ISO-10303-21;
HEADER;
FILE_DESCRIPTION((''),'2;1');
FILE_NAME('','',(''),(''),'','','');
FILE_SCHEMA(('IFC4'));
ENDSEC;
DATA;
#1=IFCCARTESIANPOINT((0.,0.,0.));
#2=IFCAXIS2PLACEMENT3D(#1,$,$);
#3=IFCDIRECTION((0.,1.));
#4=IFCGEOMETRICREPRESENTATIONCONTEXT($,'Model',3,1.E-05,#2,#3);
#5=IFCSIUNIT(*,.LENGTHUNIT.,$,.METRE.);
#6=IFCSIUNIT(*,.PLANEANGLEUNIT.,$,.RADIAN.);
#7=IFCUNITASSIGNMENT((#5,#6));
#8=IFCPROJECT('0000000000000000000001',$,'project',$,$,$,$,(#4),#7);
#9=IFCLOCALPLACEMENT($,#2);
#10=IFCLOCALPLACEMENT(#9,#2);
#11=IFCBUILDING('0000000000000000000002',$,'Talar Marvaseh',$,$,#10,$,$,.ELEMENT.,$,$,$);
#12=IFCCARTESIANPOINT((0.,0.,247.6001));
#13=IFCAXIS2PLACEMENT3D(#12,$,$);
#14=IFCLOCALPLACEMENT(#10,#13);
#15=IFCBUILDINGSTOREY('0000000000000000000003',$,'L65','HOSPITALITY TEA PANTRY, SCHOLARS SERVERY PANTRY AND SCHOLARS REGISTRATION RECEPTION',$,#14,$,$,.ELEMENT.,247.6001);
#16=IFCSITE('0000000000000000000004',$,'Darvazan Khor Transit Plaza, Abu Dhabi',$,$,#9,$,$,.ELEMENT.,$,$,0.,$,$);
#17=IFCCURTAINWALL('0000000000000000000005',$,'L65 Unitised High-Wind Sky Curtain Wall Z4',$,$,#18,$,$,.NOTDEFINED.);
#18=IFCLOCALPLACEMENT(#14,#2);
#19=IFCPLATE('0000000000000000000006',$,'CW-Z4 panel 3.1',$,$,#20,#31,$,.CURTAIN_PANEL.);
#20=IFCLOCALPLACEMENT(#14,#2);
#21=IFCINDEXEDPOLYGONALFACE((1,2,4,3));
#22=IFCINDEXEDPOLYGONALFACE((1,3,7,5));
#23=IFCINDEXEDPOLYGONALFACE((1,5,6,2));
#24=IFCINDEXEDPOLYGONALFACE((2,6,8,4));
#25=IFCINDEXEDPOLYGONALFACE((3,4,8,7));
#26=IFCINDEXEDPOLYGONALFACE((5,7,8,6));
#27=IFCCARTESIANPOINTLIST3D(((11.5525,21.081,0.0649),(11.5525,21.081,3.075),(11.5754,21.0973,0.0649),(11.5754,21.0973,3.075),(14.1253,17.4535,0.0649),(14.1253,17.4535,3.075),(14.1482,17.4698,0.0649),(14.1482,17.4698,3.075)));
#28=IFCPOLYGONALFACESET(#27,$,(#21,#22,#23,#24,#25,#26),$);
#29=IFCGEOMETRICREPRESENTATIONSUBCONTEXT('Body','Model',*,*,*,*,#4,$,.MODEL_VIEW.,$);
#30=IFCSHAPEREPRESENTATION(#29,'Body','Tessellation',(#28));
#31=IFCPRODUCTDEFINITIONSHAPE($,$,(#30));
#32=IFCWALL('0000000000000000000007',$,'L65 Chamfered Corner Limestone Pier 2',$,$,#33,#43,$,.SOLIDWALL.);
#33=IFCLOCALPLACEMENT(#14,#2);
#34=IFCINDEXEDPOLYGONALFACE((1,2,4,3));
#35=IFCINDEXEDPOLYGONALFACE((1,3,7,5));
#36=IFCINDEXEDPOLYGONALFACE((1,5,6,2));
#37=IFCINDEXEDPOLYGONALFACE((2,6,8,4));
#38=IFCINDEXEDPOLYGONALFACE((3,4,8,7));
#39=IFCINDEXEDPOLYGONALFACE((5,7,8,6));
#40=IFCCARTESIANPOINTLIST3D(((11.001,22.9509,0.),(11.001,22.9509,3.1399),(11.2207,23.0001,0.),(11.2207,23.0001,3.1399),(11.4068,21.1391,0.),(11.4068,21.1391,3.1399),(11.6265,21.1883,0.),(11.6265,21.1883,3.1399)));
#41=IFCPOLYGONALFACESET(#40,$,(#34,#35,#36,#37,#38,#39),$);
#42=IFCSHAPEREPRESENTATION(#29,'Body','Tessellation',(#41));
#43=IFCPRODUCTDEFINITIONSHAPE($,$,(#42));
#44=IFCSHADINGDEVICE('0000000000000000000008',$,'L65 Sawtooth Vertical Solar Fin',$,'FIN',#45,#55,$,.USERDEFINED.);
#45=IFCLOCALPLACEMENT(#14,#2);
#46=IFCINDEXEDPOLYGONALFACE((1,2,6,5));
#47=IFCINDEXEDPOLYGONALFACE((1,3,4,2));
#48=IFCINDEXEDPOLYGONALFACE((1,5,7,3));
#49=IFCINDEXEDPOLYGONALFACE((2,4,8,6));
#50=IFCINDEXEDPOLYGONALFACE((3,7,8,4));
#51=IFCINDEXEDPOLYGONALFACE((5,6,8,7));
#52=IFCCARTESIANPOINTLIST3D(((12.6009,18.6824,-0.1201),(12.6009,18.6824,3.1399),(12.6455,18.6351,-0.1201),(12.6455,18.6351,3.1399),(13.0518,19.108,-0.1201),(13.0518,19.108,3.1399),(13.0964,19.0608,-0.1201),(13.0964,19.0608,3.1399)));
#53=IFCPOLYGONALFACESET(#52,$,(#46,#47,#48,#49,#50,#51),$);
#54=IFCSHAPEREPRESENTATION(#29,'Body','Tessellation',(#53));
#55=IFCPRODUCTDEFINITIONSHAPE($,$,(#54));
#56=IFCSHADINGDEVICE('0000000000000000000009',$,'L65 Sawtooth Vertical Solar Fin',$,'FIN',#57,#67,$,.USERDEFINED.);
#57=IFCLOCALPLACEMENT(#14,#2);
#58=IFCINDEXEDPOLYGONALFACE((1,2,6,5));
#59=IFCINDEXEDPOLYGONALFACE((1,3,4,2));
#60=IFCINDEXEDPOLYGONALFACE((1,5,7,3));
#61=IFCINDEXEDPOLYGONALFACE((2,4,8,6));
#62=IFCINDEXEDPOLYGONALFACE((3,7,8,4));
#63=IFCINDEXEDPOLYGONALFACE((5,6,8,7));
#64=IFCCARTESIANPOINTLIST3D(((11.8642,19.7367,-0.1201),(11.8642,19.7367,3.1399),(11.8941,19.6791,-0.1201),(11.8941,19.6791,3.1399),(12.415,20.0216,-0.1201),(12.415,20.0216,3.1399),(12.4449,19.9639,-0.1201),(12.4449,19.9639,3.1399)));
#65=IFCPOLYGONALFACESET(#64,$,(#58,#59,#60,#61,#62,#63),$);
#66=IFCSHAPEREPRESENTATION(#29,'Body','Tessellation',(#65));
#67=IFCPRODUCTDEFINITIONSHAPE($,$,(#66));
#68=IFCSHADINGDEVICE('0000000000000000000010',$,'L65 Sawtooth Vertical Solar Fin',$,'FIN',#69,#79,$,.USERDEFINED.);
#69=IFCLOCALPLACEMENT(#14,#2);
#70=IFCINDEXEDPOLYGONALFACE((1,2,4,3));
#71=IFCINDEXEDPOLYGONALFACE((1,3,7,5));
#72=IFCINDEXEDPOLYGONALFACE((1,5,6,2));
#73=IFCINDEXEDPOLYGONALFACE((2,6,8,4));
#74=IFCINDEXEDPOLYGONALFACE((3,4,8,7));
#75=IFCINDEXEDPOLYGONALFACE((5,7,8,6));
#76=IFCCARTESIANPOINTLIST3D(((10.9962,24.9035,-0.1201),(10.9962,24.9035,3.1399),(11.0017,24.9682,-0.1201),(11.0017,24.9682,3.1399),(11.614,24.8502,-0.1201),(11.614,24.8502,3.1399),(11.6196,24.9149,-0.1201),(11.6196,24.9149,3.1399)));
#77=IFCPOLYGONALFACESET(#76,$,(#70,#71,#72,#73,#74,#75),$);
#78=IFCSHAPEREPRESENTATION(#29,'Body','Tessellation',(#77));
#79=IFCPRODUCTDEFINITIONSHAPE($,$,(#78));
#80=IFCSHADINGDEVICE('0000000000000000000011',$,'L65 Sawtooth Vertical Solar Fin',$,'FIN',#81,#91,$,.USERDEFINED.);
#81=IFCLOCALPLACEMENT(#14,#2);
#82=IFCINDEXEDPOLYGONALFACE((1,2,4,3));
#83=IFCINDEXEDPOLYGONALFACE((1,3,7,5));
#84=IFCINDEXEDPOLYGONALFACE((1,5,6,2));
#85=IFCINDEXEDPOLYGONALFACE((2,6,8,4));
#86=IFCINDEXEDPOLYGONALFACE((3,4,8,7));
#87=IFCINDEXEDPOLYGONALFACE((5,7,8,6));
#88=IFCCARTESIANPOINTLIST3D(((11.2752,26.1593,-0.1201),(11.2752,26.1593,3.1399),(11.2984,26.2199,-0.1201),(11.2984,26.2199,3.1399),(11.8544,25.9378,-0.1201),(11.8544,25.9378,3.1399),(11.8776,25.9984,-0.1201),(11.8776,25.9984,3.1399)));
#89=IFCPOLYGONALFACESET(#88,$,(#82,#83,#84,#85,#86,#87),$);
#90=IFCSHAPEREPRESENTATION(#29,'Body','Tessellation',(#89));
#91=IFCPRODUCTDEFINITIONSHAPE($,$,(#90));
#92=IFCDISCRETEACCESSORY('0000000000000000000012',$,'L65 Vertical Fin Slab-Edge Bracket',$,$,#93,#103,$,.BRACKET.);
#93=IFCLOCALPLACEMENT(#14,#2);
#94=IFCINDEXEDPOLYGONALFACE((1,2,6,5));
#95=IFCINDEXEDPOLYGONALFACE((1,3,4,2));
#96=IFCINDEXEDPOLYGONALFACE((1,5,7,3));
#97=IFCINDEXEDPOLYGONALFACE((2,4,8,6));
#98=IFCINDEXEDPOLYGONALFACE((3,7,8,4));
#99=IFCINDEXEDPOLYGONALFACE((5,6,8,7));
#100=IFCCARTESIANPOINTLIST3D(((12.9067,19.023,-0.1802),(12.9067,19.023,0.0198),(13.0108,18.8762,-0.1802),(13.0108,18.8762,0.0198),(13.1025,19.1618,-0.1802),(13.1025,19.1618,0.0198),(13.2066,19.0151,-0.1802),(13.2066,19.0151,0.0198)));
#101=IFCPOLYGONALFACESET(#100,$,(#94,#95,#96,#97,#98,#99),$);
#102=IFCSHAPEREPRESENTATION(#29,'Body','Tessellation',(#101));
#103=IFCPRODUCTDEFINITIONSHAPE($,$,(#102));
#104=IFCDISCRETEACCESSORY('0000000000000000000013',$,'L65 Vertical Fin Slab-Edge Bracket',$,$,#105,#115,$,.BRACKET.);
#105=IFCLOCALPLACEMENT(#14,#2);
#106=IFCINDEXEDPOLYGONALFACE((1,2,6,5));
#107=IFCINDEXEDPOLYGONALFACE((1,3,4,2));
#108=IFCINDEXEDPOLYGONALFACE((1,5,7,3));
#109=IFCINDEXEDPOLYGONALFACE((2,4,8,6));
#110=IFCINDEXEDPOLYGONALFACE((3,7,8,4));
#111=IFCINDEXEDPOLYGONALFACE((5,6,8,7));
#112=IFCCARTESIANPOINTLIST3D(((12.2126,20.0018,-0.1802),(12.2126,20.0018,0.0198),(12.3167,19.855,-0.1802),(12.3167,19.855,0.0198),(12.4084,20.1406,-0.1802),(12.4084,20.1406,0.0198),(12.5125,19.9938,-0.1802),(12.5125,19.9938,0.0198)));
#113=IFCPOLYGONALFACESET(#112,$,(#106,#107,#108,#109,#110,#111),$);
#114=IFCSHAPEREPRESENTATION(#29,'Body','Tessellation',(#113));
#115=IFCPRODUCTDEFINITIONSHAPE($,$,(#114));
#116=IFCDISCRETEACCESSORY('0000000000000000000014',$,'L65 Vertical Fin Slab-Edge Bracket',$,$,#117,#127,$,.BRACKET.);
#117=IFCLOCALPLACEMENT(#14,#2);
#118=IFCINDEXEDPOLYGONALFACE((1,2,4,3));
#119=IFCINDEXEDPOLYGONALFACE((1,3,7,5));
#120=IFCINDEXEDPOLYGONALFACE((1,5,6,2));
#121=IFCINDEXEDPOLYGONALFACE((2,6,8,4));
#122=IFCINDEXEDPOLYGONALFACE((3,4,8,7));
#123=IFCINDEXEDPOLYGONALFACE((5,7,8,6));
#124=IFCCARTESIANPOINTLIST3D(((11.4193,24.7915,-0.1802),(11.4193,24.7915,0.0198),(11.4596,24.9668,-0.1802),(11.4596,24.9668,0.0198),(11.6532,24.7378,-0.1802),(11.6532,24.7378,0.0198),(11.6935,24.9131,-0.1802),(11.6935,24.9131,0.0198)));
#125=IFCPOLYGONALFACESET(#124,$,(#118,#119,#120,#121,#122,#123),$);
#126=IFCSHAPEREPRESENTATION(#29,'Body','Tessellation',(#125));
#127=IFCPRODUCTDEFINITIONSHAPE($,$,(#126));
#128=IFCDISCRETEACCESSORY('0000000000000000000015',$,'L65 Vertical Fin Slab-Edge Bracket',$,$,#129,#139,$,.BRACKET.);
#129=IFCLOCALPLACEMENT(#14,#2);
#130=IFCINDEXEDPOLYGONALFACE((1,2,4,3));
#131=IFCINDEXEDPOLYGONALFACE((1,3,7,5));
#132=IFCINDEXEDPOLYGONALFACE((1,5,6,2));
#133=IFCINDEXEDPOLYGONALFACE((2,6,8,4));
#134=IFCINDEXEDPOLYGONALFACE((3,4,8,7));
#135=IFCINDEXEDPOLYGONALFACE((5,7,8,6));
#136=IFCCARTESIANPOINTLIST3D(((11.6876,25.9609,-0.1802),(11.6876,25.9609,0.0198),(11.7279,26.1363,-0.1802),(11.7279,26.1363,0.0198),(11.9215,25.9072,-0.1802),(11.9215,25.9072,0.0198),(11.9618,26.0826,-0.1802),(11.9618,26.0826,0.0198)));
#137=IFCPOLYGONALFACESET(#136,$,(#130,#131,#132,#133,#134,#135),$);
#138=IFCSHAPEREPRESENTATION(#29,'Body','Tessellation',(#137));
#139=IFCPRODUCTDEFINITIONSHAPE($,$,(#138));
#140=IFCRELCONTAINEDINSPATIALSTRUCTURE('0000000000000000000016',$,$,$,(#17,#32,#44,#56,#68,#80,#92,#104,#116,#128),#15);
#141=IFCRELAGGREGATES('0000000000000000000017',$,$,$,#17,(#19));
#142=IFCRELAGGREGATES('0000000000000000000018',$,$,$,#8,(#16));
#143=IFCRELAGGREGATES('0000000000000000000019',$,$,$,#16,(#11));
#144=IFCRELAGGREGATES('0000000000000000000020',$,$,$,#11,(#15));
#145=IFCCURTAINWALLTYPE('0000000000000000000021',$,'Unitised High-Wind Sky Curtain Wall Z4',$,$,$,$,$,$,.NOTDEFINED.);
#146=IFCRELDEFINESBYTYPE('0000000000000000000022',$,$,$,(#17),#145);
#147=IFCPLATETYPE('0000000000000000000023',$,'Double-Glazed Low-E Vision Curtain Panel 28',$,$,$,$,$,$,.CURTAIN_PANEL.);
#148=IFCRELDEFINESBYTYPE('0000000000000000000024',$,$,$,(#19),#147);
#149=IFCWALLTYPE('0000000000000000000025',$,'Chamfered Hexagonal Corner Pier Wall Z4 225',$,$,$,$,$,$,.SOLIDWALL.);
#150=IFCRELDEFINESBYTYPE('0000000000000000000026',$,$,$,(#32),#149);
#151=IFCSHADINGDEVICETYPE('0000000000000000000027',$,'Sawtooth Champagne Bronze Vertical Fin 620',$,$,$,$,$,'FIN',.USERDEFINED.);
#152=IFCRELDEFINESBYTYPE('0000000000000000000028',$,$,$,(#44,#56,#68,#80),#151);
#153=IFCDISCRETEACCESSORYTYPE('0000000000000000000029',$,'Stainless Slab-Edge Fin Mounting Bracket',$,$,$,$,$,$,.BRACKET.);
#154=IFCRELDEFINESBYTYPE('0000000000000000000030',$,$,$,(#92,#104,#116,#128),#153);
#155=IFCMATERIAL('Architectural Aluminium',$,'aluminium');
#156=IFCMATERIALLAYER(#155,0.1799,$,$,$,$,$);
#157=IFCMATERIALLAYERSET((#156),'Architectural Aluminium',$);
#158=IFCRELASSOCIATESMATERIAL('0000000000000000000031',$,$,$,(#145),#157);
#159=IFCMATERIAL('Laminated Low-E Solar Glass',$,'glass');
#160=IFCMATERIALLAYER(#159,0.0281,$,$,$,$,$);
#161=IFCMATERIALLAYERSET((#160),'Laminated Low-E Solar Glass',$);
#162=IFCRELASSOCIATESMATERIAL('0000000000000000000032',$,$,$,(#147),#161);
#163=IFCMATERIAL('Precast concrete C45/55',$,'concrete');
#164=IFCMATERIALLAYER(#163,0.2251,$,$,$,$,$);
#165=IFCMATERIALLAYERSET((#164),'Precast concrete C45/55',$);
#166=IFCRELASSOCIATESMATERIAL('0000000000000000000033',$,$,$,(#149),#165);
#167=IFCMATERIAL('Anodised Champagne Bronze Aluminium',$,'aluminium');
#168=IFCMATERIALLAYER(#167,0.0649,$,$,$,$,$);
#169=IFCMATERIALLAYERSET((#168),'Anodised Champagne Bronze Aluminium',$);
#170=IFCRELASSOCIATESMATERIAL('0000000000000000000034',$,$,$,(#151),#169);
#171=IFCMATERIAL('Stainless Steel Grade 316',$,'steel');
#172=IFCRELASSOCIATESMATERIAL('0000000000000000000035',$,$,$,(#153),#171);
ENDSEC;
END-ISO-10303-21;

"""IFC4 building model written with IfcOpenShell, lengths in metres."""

from ifc_helpers import new_model, si_unit, direction, frame, frame_2d, origin, origin_2d, place, context, subcontext, project, spatial, rectangle, extrude, source, transform, mapped, material, layer, layer_set, type_object, type_shapes, element, aggregate, save


model = new_model("IFC4")

# Units and contexts
model_context = context("Model", 3, precision=1e-05, world=origin(), true_north=direction((0.0, 1.0)))
body_context = subcontext(model_context, "Body", "Model", "MODEL_VIEW")
ifc_project = project(units=[si_unit("LENGTHUNIT", "METRE"), si_unit("PLANEANGLEUNIT", "RADIAN")], contexts=[model_context])

# Site, building, storey
site_placement = place(None, origin())
site = spatial("IfcSite", under=ifc_project, at=site_placement, Name="Darvazan Khor Transit Plaza, Abu Dhabi", CompositionType="ELEMENT", RefElevation=0.0)
building_placement = place(site_placement, origin())
building = spatial("IfcBuilding", under=site, at=building_placement, Name="Talar Marvaseh", CompositionType="ELEMENT")
storey_placement = place(building_placement, frame((0.0, 0.0, 247.6001)))
storey = spatial("IfcBuildingStorey", under=building, at=storey_placement, Name="L65", Description="HOSPITALITY TEA PANTRY, SCHOLARS SERVERY PANTRY AND SCHOLARS REGISTRATION RECEPTION", CompositionType="ELEMENT", Elevation=247.6001)

# Curtain wall
ifc_material_1 = material(Name="Architectural Aluminium", Category="aluminium")
ifc_layer_1 = layer(ifc_material_1, 0.1799)
ifc_layer_set_1 = layer_set([ifc_layer_1], Name="Architectural Aluminium")
curtain_wall_type = type_object("IfcCurtainWallType", Name="Unitised High-Wind Sky Curtain Wall Z4", PredefinedType="NOTDEFINED", material=ifc_layer_set_1)
curtain_wall_1_placement = place(storey_placement, origin())
curtain_wall_1 = element("IfcCurtainWall", 1, at=curtain_wall_1_placement, inside=storey, type_object=curtain_wall_type, Name="L65 Unitised High-Wind Sky Curtain Wall Z4", PredefinedType="NOTDEFINED")

# Shared definitions
ifc_material_2 = material(Name="Laminated Low-E Solar Glass", Category="glass")
ifc_layer_2 = layer(ifc_material_2, 0.0281)
ifc_layer_set_2 = layer_set([ifc_layer_2], Name="Laminated Low-E Solar Glass")
plate_type = type_object("IfcPlateType", Name="Double-Glazed Low-E Vision Curtain Panel 28", PredefinedType="CURTAIN_PANEL", material=ifc_layer_set_2)

# Plate
shared_shape_1 = source(origin(), body_context, "Body", "SweptSolid", [
    extrude(rectangle(XDim=4.4473, YDim=0.0281, at=origin_2d()), origin(), (0.0, 0.0, 1.0), 3.01),
])
plate_1_placement = place(storey_placement, frame((12.8503, 19.2754, 0.0649), z_axis=(0.0, 0.0, 1.0), x_axis=(-0.578513, 0.815673, 0.0)))
plate_1 = element("IfcPlate", 2, at=plate_1_placement, type_object=plate_type, Name="CW-Z4 panel 3.1", PredefinedType="CURTAIN_PANEL", context=body_context, shape_type="MappedRepresentation", body=[
    mapped(shared_shape_1, transform((0.0, 0.0, 0.0), x_axis=(1.0, 0.0, 0.0), y_axis=(0.0, 1.0, 0.0), z_axis=(0.0, 0.0, 1.0), scale=1.0)),
])
aggregate(curtain_wall_1, [plate_1])

# Wall
ifc_material_3 = material(Name="Precast concrete C45/55", Category="concrete")
ifc_layer_3 = layer(ifc_material_3, 0.2251)
ifc_layer_set_3 = layer_set([ifc_layer_3], Name="Precast concrete C45/55")
wall_type = type_object("IfcWallType", Name="Chamfered Hexagonal Corner Pier Wall Z4 225", PredefinedType="SOLIDWALL", material=ifc_layer_set_3)
wall_placement = place(storey_placement, frame((11.5166, 21.1638, 0.0), z_axis=(0.0, 0.0, 1.0), x_axis=(-0.218545, 0.975827, 0.0)))
element("IfcWall", 3, at=wall_placement, inside=storey, type_object=wall_type, Name="L65 Chamfered Corner Limestone Pier 2", PredefinedType="SOLIDWALL", context=body_context, shape_type="SweptSolid", body=[
    extrude(rectangle(XDim=1.8567, YDim=0.2251, at=frame_2d((0.9282, 0.0))), origin(), (0.0, 0.0, 1.0), 3.1399),
])

# Shading devices
ifc_material_4 = material(Name="Anodised Champagne Bronze Aluminium", Category="aluminium")
ifc_layer_4 = layer(ifc_material_4, 0.0649)
ifc_layer_set_4 = layer_set([ifc_layer_4], Name="Anodised Champagne Bronze Aluminium")
shading_device_type = type_object("IfcShadingDeviceType", Name="Sawtooth Champagne Bronze Vertical Fin 620", ElementType="FIN", PredefinedType="USERDEFINED", material=ifc_layer_set_4)
shared_shape_2 = source(origin(), body_context, "Body", "SweptSolid", [
    extrude(rectangle(XDim=0.6201, YDim=0.0649, at=origin_2d()), origin(), (0.0, 0.0, 1.0), 3.26),
])
type_shapes(shading_device_type, [shared_shape_2])
for number, where, z_axis, x_axis, name in (
    (4, (12.8486, 18.8716, -0.1201), (0.0, 0.0, 1.0), (-0.727174, -0.686453, 0.0), "L65 Sawtooth Vertical Solar Fin"),
    (5, (12.1545, 19.8503, -0.1201), (0.0, 0.0, 1.0), (-0.888217, -0.459425, 0.0), "L65 Sawtooth Vertical Solar Fin"),
    (6, (11.3079, 24.9092, -0.1201), (0.0, 0.0, 1.0), (-0.9963, 0.085939, 0.0), "L65 Sawtooth Vertical Solar Fin"),
    (7, (11.5764, 26.0789, -0.1201), (0.0, 0.0, 1.0), (-0.934018, 0.357227, 0.0), "L65 Sawtooth Vertical Solar Fin"),
):
    element("IfcShadingDevice", number, at=place(storey_placement, frame(where, z_axis=z_axis, x_axis=x_axis)), inside=storey, type_object=shading_device_type, Name=name, ObjectType="FIN", PredefinedType="USERDEFINED", context=body_context, shape_type="MappedRepresentation", body=[
        mapped(shared_shape_2, transform((0.0, 0.0, 0.0), x_axis=(1.0, 0.0, 0.0), y_axis=(0.0, 1.0, 0.0), z_axis=(0.0, 0.0, 1.0), scale=1.0)),
    ])

# Discrete accessories
ifc_material_5 = material(Name="Stainless Steel Grade 316", Category="steel")
discrete_accessory_type = type_object("IfcDiscreteAccessoryType", Name="Stainless Slab-Edge Fin Mounting Bracket", PredefinedType="BRACKET", material=ifc_material_5)
shared_shape_3 = source(origin(), body_context, "Body", "SweptSolid", [
    extrude(rectangle(XDim=0.24, YDim=0.1799, at=origin_2d()), origin(), (0.0, 0.0, 1.0), 0.2),
])
type_shapes(discrete_accessory_type, [shared_shape_3])
for number, where, z_axis, x_axis, name in (
    (8, (13.0566, 19.019, -0.1802), (0.0, 0.0, 1.0), (-0.815633, -0.57857, 0.0), "L65 Vertical Fin Slab-Edge Bracket"),
    (9, (12.3625, 19.9978, -0.1802), (0.0, 0.0, 1.0), (-0.815633, -0.57857, 0.0), "L65 Vertical Fin Slab-Edge Bracket"),
    (10, (11.5564, 24.8523, -0.1802), (0.0, 0.0, 1.0), (-0.974644, 0.22376, 0.0), "L65 Vertical Fin Slab-Edge Bracket"),
    (11, (11.8247, 26.0217, -0.1802), (0.0, 0.0, 1.0), (-0.974644, 0.22376, 0.0), "L65 Vertical Fin Slab-Edge Bracket"),
):
    element("IfcDiscreteAccessory", number, at=place(storey_placement, frame(where, z_axis=z_axis, x_axis=x_axis)), inside=storey, type_object=discrete_accessory_type, Name=name, PredefinedType="BRACKET", context=body_context, shape_type="MappedRepresentation", body=[
        mapped(shared_shape_3, transform((0.0, 0.0, 0.0), x_axis=(1.0, 0.0, 0.0), y_axis=(0.0, 1.0, 0.0), z_axis=(0.0, 0.0, 1.0), scale=1.0)),
    ])

save(model, "model.ifc")
